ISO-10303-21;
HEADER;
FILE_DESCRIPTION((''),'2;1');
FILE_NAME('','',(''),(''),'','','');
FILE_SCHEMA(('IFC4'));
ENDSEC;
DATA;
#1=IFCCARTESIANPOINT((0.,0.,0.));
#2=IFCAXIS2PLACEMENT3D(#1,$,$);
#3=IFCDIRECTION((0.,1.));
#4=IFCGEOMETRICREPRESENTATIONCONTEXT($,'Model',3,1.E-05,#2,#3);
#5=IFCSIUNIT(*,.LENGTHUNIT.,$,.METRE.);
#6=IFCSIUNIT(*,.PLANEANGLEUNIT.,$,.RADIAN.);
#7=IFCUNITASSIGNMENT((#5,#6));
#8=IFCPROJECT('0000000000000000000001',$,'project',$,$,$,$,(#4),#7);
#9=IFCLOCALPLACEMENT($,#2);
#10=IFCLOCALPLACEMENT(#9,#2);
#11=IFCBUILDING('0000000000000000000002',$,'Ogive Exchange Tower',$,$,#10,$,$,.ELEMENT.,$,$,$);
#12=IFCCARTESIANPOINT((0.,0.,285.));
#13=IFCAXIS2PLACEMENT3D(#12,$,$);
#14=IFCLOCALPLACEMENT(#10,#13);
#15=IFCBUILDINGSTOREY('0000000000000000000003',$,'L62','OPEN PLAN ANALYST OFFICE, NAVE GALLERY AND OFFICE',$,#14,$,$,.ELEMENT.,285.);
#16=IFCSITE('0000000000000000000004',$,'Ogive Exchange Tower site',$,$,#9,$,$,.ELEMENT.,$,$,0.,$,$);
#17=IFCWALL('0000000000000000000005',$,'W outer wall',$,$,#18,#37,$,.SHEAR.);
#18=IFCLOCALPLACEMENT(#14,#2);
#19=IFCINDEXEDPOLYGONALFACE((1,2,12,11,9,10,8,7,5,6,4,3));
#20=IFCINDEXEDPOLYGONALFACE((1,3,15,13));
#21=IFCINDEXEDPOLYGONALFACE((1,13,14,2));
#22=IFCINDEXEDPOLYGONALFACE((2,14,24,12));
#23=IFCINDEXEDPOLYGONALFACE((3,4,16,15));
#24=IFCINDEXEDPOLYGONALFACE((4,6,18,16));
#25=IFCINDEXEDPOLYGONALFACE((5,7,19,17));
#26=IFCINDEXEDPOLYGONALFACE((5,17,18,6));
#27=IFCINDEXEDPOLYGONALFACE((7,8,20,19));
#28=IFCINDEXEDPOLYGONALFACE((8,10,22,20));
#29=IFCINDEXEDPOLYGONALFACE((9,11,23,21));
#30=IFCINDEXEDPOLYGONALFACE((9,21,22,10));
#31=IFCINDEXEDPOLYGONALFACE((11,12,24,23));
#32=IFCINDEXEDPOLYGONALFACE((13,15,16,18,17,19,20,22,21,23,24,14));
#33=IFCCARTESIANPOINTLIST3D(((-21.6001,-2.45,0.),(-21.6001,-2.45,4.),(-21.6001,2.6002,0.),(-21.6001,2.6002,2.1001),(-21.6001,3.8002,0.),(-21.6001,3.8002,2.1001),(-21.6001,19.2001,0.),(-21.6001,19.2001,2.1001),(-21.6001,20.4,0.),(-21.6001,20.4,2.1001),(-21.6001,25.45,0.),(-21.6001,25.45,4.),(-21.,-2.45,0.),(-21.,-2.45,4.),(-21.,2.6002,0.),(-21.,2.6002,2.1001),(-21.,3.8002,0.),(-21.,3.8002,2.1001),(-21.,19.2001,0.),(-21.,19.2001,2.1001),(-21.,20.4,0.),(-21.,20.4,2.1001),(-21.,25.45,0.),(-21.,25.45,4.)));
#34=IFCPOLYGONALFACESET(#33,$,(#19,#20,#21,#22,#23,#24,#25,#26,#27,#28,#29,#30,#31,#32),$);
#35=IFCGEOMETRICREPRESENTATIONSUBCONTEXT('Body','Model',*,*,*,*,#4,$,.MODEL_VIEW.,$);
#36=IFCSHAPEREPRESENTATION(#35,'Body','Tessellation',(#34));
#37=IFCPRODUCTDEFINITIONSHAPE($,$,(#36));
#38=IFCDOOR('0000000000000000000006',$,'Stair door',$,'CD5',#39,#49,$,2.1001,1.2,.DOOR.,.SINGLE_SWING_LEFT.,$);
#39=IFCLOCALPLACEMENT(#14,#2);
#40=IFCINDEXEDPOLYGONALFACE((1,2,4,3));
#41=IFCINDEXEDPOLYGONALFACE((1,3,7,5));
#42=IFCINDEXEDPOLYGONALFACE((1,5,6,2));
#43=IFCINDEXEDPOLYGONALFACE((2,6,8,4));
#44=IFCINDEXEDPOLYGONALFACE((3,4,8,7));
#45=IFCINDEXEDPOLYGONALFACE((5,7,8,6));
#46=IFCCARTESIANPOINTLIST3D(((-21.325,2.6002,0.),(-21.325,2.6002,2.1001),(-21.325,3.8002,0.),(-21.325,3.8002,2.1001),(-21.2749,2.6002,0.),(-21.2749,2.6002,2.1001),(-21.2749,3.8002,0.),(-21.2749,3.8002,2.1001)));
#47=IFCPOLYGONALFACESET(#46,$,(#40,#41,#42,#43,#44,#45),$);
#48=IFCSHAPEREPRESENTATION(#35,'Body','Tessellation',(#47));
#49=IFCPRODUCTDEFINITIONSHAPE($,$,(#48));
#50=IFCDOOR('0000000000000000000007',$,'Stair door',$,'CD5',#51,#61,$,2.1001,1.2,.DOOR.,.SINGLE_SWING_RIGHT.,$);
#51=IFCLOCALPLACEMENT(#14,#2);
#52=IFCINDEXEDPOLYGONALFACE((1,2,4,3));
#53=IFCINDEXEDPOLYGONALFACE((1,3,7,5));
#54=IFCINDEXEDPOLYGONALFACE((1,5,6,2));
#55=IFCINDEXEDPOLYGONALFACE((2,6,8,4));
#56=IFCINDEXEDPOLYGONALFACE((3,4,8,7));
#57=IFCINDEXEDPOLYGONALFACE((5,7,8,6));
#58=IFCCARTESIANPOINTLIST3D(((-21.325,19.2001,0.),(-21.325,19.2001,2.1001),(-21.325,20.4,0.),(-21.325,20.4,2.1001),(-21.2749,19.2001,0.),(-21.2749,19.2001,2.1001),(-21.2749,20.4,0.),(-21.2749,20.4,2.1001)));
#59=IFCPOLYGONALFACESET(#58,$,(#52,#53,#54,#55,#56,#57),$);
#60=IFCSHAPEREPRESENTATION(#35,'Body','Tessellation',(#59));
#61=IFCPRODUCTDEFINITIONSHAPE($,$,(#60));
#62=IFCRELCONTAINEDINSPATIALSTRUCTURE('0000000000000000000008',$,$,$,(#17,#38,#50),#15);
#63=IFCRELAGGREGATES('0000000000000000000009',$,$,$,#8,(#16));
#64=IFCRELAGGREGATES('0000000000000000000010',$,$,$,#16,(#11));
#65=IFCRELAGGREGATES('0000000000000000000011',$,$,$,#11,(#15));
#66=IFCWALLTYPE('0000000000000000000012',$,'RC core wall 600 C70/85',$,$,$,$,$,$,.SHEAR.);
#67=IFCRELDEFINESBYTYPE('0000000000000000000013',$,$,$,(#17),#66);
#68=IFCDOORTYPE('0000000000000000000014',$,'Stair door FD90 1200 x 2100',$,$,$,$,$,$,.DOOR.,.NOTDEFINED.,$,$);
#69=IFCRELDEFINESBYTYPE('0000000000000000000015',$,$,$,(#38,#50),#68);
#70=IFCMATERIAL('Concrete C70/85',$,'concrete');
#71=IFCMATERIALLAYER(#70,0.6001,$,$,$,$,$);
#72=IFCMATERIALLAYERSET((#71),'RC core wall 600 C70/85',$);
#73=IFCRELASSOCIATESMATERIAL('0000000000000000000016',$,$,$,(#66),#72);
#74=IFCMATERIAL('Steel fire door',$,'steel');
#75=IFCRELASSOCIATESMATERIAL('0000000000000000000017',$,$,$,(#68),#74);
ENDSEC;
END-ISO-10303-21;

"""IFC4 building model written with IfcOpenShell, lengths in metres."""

from ifc_helpers import new_model, si_unit, direction, frame, frame_2d, origin, place, context, subcontext, project, spatial, rectangle, extrude, material, layer, layer_set, type_object, element, fill, save


model = new_model("IFC4")

# Units and contexts
model_context = context("Model", 3, precision=1e-05, world=origin(), true_north=direction((0.0, 1.0)))
body_context = subcontext(model_context, "Body", "Model", "MODEL_VIEW")
ifc_project = project(units=[si_unit("LENGTHUNIT", "METRE"), si_unit("PLANEANGLEUNIT", "RADIAN")], contexts=[model_context])

# Site, building, storey
site_placement = place(None, origin())
site = spatial("IfcSite", under=ifc_project, at=site_placement, Name="Ogive Exchange Tower site", CompositionType="ELEMENT", RefElevation=0.0)
building_placement = place(site_placement, origin())
building = spatial("IfcBuilding", under=site, at=building_placement, Name="Ogive Exchange Tower", CompositionType="ELEMENT")
storey_placement = place(building_placement, frame((0.0, 0.0, 285.0)))
storey = spatial("IfcBuildingStorey", under=building, at=storey_placement, Name="L62", Description="OPEN PLAN ANALYST OFFICE, NAVE GALLERY AND OFFICE", CompositionType="ELEMENT", Elevation=285.0)

# Shared definitions
ifc_material_1 = material(Name="Concrete C70/85", Category="concrete")

# Wall, openings, doors
ifc_layer_1 = layer(ifc_material_1, 0.6001)
ifc_layer_set_1 = layer_set([ifc_layer_1], Name="RC core wall 600 C70/85")
wall_type_1 = type_object("IfcWallType", Name="RC core wall 600 C70/85", PredefinedType="SHEAR", material=ifc_layer_set_1)
wall_1_placement = place(storey_placement, frame((-21.3, -2.45, 0.0), z_axis=(0.0, 0.0, 1.0), x_axis=(0.0, 1.0, 0.0)))
wall_1 = element("IfcWall", 1, at=wall_1_placement, inside=storey, type_object=wall_type_1, Name="W outer wall", PredefinedType="SHEAR", context=body_context, shape_type="SweptSolid", body=[
    extrude(rectangle(XDim=27.8999, YDim=0.6001, at=frame_2d((13.95, 0.0))), origin(), (0.0, 0.0, 1.0), 4.0),
])
opening_1_placement = place(wall_1_placement, frame((5.05, 0.0, 0.0)))
opening_1 = element("IfcOpeningElement", 2, at=opening_1_placement, cuts=wall_1, PredefinedType="OPENING", context=body_context, shape_type="SweptSolid", body=[
    extrude(rectangle(XDim=1.2, YDim=2.1001, at=frame_2d((0.6001, 1.05))), frame((0.0, 0.3101, 0.0), z_axis=(0.0, -1.0, 0.0), x_axis=(1.0, 0.0, 0.0)), (0.0, 0.0, 1.0), 0.6201),
])
opening_2_placement = place(wall_1_placement, frame((21.6499, 0.0, 0.0)))
opening_2 = element("IfcOpeningElement", 3, at=opening_2_placement, cuts=wall_1, PredefinedType="OPENING", context=body_context, shape_type="SweptSolid", body=[
    extrude(rectangle(XDim=1.2, YDim=2.1001, at=frame_2d((0.6001, 1.05))), frame((0.0, 0.3101, 0.0), z_axis=(0.0, -1.0, 0.0), x_axis=(1.0, 0.0, 0.0)), (0.0, 0.0, 1.0), 0.6201),
])
ifc_material_2 = material(Name="Steel fire door", Category="steel")
door_type_1 = type_object("IfcDoorType", Name="Stair door FD90 1200 x 2100", OperationType="NOTDEFINED", PredefinedType="DOOR", material=ifc_material_2)
door_1_placement = place(opening_1_placement, origin())
door_1 = element("IfcDoor", 4, at=door_1_placement, inside=storey, type_object=door_type_1, Name="Stair door", ObjectType="CD5", OperationType="SINGLE_SWING_LEFT", OverallHeight=2.1001, OverallWidth=1.2, PredefinedType="DOOR", context=body_context, shape_type="SweptSolid", body=[
    extrude(rectangle(XDim=1.2, YDim=2.1001, at=frame_2d((0.6001, 1.05))), frame((0.0, 0.0249, 0.0), z_axis=(0.0, -1.0, 0.0), x_axis=(1.0, 0.0, 0.0)), (0.0, 0.0, 1.0), 0.05),
])
fill(opening_1, door_1)
door_2_placement = place(opening_2_placement, origin())
door_2 = element("IfcDoor", 5, at=door_2_placement, inside=storey, type_object=door_type_1, Name="Stair door", ObjectType="CD5", OperationType="SINGLE_SWING_RIGHT", OverallHeight=2.1001, OverallWidth=1.2, PredefinedType="DOOR", context=body_context, shape_type="SweptSolid", body=[
    extrude(rectangle(XDim=1.2, YDim=2.1001, at=frame_2d((0.6001, 1.05))), frame((0.0, 0.0249, 0.0), z_axis=(0.0, -1.0, 0.0), x_axis=(1.0, 0.0, 0.0)), (0.0, 0.0, 1.0), 0.05),
])
fill(opening_2, door_2)

save(model, "model.ifc")
